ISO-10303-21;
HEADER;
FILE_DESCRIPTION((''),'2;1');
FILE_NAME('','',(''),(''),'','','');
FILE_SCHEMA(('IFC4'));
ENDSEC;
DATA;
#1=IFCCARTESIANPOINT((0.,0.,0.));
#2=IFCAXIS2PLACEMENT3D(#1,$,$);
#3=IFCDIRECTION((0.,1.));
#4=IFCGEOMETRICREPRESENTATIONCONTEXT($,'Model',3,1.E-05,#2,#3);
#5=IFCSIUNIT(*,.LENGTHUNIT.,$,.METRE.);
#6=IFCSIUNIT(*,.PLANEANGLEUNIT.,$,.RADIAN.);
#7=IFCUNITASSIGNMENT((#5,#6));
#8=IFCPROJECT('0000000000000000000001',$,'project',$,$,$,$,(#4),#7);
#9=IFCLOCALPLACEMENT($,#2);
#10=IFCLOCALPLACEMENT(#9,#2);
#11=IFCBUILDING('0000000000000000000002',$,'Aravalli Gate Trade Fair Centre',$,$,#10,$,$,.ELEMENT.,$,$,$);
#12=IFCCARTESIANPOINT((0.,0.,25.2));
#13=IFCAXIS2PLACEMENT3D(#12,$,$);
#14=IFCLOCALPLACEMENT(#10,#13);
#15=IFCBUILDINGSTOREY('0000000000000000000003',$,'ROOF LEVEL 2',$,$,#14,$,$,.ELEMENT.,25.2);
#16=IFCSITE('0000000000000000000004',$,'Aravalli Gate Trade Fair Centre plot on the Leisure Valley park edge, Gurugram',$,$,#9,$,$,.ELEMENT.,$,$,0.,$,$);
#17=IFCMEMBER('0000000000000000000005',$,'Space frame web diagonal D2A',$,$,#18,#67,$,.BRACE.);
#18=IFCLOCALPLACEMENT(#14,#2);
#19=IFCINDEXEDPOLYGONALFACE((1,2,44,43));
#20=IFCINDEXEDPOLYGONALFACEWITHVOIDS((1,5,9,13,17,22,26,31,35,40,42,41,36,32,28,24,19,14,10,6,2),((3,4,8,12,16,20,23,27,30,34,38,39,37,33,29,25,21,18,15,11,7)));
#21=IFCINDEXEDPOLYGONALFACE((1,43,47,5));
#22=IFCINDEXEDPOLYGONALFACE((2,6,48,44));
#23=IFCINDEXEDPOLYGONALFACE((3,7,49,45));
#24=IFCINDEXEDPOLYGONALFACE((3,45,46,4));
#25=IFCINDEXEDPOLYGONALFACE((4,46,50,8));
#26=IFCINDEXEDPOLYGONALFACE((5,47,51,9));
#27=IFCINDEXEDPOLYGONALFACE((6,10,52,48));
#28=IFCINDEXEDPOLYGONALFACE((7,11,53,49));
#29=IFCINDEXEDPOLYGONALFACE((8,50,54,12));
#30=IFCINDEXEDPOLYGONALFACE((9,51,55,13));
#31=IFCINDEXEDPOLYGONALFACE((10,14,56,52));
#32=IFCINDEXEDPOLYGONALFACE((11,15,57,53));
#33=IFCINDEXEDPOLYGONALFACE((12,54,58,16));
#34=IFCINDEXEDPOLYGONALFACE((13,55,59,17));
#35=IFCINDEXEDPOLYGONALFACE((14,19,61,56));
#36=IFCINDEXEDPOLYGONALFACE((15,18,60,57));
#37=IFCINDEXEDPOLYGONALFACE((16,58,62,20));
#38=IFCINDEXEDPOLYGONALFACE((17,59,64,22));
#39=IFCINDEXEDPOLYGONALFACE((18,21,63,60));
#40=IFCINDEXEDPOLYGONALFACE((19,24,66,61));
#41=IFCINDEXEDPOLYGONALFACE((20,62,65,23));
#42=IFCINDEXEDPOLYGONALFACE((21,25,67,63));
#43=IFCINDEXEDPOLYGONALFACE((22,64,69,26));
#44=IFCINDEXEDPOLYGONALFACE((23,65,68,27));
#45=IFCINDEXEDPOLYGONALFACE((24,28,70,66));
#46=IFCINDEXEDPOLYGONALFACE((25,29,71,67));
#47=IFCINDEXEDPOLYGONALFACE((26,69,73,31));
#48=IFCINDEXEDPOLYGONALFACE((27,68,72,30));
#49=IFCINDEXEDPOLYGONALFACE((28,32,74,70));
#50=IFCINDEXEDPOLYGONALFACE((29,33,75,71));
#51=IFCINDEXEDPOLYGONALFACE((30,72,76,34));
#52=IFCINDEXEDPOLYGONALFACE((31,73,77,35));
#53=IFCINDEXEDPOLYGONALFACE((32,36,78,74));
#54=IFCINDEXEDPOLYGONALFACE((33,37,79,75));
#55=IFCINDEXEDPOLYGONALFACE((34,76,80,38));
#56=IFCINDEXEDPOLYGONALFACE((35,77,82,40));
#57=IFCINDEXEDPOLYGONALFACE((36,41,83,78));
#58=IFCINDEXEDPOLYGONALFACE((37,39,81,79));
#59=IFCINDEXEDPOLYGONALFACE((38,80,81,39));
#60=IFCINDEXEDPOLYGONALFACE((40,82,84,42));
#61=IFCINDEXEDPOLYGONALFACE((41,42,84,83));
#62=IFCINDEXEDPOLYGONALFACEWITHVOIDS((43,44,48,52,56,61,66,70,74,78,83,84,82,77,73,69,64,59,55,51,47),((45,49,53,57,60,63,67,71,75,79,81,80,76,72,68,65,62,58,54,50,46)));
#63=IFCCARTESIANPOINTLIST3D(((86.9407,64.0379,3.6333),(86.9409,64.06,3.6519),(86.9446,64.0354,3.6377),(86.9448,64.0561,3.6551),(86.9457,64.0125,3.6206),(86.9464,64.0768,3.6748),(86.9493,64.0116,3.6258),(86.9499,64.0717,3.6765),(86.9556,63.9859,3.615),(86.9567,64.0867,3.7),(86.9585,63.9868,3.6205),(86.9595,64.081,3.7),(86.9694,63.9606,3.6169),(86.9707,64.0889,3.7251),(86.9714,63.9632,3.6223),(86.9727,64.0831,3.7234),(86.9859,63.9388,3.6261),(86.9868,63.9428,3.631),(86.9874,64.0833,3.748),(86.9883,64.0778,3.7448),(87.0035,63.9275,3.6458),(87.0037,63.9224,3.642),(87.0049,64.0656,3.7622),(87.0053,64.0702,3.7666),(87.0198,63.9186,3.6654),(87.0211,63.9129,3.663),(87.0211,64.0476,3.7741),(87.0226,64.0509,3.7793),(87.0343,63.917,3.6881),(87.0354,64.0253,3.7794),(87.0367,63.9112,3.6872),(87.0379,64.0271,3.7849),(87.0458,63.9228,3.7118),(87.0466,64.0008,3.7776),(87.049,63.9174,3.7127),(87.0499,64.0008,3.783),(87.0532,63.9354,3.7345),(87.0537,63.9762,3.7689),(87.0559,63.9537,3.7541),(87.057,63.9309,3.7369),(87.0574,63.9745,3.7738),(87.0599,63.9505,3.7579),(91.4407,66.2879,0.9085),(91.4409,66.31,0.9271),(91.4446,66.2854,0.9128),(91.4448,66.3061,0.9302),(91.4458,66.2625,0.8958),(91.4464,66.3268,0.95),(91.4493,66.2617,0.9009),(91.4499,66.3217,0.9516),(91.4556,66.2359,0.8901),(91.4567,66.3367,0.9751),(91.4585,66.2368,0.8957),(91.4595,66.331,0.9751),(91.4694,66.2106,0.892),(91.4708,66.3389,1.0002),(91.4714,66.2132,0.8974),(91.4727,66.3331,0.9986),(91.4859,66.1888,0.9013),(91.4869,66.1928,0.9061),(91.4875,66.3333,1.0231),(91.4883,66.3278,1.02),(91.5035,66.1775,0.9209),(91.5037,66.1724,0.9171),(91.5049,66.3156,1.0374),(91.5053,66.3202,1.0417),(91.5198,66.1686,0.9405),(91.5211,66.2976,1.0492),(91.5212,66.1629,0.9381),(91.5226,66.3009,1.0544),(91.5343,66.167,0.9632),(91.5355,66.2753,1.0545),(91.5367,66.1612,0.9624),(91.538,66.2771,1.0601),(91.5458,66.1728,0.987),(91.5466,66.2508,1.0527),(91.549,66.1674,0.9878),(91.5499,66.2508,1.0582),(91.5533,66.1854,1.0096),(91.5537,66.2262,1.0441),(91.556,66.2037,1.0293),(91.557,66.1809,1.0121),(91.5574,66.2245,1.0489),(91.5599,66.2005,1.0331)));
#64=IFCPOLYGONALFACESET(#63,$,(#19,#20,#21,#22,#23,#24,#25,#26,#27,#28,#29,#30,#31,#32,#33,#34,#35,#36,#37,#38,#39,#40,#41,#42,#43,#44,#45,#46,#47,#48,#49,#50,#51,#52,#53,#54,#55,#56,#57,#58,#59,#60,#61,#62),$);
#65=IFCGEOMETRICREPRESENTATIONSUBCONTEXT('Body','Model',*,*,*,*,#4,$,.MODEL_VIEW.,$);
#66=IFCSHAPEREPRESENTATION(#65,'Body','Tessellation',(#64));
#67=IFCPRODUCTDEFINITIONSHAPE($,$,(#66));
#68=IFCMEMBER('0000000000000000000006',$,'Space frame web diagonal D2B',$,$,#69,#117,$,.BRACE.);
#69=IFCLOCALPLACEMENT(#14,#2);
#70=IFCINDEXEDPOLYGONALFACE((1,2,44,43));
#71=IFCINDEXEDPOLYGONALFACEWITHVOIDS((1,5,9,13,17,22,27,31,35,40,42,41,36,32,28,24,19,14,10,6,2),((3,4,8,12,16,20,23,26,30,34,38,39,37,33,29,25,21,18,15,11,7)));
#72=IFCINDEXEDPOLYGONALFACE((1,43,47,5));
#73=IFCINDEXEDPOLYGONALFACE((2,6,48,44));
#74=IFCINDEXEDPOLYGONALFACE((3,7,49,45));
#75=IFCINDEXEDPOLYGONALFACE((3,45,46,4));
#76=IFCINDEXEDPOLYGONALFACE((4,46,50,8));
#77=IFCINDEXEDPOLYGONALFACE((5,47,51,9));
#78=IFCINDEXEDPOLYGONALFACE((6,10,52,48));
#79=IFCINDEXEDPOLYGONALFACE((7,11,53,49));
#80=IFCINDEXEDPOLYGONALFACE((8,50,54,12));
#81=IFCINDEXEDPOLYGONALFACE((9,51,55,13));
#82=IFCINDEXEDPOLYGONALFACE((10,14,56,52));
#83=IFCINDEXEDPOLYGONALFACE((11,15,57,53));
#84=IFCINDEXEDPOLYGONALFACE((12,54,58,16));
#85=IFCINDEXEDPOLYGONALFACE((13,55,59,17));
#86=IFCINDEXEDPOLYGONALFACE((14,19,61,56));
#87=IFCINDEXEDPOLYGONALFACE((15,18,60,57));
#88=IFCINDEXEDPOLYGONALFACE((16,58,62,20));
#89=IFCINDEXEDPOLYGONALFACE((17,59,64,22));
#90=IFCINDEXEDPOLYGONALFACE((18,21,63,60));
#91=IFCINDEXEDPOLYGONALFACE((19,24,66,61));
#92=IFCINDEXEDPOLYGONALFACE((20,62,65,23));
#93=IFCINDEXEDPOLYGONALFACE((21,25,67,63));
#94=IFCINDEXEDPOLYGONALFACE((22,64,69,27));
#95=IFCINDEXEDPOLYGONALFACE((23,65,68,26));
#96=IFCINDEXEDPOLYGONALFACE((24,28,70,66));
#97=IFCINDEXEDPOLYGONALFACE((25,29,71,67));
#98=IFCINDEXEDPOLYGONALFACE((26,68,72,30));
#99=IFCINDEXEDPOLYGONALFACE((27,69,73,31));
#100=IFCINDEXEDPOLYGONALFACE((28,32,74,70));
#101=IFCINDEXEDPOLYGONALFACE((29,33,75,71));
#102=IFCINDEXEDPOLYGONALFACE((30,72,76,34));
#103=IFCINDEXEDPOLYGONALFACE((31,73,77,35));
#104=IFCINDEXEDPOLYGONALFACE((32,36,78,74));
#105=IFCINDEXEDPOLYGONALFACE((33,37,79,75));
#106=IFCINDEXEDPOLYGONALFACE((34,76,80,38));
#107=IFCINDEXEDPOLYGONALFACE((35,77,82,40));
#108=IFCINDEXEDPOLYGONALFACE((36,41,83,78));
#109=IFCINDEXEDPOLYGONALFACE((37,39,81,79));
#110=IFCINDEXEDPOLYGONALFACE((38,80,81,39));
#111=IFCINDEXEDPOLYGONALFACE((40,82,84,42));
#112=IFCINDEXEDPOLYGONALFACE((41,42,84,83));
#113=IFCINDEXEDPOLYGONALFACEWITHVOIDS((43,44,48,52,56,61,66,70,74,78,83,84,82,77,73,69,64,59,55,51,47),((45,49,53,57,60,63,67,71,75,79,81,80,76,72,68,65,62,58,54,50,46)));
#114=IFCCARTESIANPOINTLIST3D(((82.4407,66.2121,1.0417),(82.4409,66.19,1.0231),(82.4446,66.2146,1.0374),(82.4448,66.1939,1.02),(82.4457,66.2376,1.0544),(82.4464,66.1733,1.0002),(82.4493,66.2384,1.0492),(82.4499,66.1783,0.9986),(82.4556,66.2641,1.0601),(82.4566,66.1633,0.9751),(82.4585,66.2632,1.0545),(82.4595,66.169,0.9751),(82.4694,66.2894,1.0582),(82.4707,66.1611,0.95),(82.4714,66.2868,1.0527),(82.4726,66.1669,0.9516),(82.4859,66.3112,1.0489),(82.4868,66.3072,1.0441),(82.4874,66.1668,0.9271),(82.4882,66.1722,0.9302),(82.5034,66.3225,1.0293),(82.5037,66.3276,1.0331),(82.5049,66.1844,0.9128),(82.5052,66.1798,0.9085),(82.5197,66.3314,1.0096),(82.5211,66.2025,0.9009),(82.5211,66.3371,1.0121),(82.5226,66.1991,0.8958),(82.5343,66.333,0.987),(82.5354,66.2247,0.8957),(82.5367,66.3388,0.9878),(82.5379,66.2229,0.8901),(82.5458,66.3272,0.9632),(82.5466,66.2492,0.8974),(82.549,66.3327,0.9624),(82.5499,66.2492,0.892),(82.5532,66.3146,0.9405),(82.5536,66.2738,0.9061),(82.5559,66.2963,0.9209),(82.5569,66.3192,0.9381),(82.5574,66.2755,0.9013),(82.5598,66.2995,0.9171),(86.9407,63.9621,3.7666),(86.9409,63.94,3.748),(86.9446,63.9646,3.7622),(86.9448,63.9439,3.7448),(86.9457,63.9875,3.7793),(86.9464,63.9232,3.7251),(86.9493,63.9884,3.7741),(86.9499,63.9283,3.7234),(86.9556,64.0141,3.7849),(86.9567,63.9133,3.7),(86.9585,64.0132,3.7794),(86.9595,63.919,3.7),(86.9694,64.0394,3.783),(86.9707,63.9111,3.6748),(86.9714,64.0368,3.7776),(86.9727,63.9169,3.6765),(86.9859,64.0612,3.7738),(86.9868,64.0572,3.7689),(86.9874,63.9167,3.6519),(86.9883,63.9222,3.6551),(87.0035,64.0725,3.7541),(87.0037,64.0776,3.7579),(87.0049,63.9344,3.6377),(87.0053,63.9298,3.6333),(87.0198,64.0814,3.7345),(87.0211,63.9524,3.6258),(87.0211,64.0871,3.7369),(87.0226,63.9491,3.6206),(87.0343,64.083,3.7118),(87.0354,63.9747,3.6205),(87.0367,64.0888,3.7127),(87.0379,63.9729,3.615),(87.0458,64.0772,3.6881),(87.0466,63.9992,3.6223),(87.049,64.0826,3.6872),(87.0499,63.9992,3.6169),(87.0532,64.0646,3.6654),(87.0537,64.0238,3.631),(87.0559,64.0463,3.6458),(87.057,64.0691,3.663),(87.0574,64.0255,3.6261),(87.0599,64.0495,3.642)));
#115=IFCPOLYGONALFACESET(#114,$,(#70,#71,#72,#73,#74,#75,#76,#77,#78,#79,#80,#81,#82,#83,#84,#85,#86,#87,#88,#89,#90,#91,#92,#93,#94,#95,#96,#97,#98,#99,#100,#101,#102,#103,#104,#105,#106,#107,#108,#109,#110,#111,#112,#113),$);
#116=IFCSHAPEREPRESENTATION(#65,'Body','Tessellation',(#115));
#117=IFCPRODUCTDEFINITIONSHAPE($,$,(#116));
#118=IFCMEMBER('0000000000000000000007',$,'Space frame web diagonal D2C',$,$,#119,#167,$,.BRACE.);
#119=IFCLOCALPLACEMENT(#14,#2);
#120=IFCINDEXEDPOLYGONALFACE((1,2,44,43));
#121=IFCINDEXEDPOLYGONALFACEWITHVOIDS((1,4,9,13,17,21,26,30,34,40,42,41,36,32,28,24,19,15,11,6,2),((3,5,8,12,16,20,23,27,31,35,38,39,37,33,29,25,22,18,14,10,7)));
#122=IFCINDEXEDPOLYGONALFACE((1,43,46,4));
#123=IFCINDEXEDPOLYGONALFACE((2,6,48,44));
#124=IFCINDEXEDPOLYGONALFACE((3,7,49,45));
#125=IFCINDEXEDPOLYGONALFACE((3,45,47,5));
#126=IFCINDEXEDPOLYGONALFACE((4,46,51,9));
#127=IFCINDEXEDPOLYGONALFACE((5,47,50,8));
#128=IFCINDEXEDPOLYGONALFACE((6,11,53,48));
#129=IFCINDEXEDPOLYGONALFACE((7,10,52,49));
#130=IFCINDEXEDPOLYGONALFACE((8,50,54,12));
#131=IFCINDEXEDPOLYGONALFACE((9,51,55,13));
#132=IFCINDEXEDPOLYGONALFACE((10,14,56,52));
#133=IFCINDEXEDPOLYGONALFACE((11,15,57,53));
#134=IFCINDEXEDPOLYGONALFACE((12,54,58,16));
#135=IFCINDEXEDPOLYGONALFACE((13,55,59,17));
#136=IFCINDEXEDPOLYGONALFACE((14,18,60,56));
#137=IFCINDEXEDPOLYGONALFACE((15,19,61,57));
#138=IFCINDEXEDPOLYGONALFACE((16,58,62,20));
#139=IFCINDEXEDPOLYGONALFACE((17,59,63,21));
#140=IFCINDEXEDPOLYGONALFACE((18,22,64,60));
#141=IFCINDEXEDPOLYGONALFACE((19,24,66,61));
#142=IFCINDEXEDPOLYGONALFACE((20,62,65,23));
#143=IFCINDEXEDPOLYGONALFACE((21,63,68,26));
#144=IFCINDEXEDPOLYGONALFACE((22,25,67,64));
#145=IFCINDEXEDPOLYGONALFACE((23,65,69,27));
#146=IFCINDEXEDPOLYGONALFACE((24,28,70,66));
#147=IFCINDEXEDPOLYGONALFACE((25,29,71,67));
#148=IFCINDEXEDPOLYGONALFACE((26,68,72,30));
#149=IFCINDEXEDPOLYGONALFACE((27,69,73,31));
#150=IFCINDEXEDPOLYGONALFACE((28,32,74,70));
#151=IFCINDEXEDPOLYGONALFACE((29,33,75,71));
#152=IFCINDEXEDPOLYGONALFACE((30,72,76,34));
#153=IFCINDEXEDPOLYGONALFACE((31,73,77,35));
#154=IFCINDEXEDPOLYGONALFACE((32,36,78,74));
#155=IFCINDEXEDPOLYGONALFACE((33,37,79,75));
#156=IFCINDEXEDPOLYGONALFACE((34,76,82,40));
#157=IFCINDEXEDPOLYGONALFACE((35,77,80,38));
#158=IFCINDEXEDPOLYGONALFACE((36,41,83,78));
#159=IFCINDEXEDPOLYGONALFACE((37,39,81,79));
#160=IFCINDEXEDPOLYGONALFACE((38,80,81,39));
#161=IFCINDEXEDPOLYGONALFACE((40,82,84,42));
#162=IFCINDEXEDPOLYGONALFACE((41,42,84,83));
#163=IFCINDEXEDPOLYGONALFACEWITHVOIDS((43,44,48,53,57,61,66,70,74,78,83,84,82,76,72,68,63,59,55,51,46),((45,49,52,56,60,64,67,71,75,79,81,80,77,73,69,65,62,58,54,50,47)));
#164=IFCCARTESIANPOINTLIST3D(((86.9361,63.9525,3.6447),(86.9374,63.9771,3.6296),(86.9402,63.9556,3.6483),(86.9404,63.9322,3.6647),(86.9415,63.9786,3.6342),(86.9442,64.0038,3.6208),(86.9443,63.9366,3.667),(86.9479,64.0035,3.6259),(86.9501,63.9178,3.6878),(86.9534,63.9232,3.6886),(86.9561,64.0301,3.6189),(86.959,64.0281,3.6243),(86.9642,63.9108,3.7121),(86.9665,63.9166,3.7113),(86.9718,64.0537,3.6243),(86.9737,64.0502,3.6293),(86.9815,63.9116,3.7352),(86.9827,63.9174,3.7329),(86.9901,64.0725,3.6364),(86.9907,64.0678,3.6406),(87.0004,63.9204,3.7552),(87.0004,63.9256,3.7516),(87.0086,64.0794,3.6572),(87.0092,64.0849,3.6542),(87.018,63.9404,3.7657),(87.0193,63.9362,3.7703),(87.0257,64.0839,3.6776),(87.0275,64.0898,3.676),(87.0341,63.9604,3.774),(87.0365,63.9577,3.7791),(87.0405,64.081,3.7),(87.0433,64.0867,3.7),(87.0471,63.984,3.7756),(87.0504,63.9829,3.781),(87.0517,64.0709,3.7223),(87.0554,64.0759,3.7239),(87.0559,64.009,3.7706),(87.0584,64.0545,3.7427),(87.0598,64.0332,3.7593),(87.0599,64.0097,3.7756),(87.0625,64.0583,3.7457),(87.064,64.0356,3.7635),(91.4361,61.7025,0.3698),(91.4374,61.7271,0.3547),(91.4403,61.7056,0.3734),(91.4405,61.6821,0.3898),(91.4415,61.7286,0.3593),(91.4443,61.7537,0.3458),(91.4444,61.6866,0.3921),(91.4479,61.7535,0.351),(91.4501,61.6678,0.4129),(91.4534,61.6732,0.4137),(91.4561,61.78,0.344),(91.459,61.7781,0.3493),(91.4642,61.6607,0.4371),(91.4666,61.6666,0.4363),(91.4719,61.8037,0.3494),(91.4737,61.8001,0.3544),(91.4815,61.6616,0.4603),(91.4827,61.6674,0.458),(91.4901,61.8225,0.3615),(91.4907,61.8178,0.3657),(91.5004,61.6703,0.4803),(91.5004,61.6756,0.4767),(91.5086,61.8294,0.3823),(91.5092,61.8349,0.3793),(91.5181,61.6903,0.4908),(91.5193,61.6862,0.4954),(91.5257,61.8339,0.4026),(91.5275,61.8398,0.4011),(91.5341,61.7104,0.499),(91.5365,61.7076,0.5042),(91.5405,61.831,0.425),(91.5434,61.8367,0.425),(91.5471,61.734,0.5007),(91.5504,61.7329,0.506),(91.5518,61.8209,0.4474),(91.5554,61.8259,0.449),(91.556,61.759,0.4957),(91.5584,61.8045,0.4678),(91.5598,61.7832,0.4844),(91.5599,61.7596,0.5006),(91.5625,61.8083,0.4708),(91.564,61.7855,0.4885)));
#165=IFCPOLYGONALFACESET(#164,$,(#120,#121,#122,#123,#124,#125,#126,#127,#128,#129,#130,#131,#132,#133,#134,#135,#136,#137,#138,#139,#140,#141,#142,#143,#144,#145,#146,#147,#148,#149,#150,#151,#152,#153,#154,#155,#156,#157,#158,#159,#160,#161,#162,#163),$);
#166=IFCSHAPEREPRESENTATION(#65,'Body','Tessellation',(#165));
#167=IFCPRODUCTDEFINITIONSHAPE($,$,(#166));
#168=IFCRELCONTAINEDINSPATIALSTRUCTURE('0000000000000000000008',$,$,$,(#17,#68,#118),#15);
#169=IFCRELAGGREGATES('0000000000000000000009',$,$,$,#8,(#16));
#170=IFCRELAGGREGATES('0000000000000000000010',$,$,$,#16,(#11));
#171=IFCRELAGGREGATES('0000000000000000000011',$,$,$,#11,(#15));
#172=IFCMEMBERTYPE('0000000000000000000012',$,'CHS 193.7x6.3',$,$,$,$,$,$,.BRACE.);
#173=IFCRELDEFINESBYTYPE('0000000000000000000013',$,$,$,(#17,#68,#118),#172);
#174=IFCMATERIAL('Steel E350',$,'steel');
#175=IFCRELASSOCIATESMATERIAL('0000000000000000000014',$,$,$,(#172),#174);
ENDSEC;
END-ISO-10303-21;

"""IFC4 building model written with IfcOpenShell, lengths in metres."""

from ifc_helpers import new_model, si_unit, direction, frame, origin, origin_2d, place, context, subcontext, project, spatial, hollow_circle, extrude, material, material_profile, profile_set, type_object, element, save


model = new_model("IFC4")

# Units and contexts
model_context = context("Model", 3, precision=1e-05, world=origin(), true_north=direction((0.0, 1.0)))
body_context = subcontext(model_context, "Body", "Model", "MODEL_VIEW")
ifc_project = project(units=[si_unit("LENGTHUNIT", "METRE"), si_unit("PLANEANGLEUNIT", "RADIAN")], contexts=[model_context])

# Site, building, storey
site_placement = place(None, origin())
site = spatial("IfcSite", under=ifc_project, at=site_placement, Name="Aravalli Gate Trade Fair Centre plot on the Leisure Valley park edge, Gurugram", CompositionType="ELEMENT", RefElevation=0.0)
building_placement = place(site_placement, origin())
building = spatial("IfcBuilding", under=site, at=building_placement, Name="Aravalli Gate Trade Fair Centre", CompositionType="ELEMENT")
storey_placement = place(building_placement, frame((0.0, 0.0, 25.2)))
storey = spatial("IfcBuildingStorey", under=building, at=storey_placement, Name="ROOF LEVEL 2", CompositionType="ELEMENT", Elevation=25.2)

# Members
ifc_material = material(Name="Steel E350", Category="steel")
ifc_material_profile_1 = material_profile(ifc_material, hollow_circle(Radius=0.0969, WallThickness=0.0063, at=origin_2d()), Name="CHS 193.7x6.3")
ifc_profile_set_1 = profile_set([ifc_material_profile_1], Name="Steel E350")
member_type_1 = type_object("IfcMemberType", Name="CHS 193.7x6.3", PredefinedType="BRACE", material=ifc_profile_set_1)
for number, where, z_axis, x_axis, name in (
    (1, (87.0, 64.0, 3.7), (0.786486, 0.393243, -0.476235), (-0.447214, 0.894427, 0.0), "Space frame web diagonal D2A"),
    (2, (87.0, 64.0, 3.7), (-0.786486, 0.393243, -0.476235), (-0.447214, -0.894427, 0.0), "Space frame web diagonal D2B"),
):
    element("IfcMember", number, at=place(storey_placement, frame(where, z_axis=z_axis, x_axis=x_axis)), inside=storey, type_object=member_type_1, Name=name, PredefinedType="BRACE", context=body_context, shape_type="SweptSolid", body=[
        extrude(hollow_circle(Radius=0.0969, WallThickness=0.0063, at=origin_2d()), origin(), (0.0, 0.0, 1.0), 5.7217),
    ])
for number, where, z_axis, x_axis, name in (
    (3, (87.0, 64.0, 3.7), (0.74961, -0.374805, -0.545533), (0.447214, 0.894427, 0.0), "Space frame web diagonal D2C"),
):
    element("IfcMember", number, at=place(storey_placement, frame(where, z_axis=z_axis, x_axis=x_axis)), inside=storey, type_object=member_type_1, Name=name, PredefinedType="BRACE", context=body_context, shape_type="SweptSolid", body=[
        extrude(hollow_circle(Radius=0.0969, WallThickness=0.0063, at=origin_2d()), origin(), (0.0, 0.0, 1.0), 6.0032),
    ])

save(model, "model.ifc")
